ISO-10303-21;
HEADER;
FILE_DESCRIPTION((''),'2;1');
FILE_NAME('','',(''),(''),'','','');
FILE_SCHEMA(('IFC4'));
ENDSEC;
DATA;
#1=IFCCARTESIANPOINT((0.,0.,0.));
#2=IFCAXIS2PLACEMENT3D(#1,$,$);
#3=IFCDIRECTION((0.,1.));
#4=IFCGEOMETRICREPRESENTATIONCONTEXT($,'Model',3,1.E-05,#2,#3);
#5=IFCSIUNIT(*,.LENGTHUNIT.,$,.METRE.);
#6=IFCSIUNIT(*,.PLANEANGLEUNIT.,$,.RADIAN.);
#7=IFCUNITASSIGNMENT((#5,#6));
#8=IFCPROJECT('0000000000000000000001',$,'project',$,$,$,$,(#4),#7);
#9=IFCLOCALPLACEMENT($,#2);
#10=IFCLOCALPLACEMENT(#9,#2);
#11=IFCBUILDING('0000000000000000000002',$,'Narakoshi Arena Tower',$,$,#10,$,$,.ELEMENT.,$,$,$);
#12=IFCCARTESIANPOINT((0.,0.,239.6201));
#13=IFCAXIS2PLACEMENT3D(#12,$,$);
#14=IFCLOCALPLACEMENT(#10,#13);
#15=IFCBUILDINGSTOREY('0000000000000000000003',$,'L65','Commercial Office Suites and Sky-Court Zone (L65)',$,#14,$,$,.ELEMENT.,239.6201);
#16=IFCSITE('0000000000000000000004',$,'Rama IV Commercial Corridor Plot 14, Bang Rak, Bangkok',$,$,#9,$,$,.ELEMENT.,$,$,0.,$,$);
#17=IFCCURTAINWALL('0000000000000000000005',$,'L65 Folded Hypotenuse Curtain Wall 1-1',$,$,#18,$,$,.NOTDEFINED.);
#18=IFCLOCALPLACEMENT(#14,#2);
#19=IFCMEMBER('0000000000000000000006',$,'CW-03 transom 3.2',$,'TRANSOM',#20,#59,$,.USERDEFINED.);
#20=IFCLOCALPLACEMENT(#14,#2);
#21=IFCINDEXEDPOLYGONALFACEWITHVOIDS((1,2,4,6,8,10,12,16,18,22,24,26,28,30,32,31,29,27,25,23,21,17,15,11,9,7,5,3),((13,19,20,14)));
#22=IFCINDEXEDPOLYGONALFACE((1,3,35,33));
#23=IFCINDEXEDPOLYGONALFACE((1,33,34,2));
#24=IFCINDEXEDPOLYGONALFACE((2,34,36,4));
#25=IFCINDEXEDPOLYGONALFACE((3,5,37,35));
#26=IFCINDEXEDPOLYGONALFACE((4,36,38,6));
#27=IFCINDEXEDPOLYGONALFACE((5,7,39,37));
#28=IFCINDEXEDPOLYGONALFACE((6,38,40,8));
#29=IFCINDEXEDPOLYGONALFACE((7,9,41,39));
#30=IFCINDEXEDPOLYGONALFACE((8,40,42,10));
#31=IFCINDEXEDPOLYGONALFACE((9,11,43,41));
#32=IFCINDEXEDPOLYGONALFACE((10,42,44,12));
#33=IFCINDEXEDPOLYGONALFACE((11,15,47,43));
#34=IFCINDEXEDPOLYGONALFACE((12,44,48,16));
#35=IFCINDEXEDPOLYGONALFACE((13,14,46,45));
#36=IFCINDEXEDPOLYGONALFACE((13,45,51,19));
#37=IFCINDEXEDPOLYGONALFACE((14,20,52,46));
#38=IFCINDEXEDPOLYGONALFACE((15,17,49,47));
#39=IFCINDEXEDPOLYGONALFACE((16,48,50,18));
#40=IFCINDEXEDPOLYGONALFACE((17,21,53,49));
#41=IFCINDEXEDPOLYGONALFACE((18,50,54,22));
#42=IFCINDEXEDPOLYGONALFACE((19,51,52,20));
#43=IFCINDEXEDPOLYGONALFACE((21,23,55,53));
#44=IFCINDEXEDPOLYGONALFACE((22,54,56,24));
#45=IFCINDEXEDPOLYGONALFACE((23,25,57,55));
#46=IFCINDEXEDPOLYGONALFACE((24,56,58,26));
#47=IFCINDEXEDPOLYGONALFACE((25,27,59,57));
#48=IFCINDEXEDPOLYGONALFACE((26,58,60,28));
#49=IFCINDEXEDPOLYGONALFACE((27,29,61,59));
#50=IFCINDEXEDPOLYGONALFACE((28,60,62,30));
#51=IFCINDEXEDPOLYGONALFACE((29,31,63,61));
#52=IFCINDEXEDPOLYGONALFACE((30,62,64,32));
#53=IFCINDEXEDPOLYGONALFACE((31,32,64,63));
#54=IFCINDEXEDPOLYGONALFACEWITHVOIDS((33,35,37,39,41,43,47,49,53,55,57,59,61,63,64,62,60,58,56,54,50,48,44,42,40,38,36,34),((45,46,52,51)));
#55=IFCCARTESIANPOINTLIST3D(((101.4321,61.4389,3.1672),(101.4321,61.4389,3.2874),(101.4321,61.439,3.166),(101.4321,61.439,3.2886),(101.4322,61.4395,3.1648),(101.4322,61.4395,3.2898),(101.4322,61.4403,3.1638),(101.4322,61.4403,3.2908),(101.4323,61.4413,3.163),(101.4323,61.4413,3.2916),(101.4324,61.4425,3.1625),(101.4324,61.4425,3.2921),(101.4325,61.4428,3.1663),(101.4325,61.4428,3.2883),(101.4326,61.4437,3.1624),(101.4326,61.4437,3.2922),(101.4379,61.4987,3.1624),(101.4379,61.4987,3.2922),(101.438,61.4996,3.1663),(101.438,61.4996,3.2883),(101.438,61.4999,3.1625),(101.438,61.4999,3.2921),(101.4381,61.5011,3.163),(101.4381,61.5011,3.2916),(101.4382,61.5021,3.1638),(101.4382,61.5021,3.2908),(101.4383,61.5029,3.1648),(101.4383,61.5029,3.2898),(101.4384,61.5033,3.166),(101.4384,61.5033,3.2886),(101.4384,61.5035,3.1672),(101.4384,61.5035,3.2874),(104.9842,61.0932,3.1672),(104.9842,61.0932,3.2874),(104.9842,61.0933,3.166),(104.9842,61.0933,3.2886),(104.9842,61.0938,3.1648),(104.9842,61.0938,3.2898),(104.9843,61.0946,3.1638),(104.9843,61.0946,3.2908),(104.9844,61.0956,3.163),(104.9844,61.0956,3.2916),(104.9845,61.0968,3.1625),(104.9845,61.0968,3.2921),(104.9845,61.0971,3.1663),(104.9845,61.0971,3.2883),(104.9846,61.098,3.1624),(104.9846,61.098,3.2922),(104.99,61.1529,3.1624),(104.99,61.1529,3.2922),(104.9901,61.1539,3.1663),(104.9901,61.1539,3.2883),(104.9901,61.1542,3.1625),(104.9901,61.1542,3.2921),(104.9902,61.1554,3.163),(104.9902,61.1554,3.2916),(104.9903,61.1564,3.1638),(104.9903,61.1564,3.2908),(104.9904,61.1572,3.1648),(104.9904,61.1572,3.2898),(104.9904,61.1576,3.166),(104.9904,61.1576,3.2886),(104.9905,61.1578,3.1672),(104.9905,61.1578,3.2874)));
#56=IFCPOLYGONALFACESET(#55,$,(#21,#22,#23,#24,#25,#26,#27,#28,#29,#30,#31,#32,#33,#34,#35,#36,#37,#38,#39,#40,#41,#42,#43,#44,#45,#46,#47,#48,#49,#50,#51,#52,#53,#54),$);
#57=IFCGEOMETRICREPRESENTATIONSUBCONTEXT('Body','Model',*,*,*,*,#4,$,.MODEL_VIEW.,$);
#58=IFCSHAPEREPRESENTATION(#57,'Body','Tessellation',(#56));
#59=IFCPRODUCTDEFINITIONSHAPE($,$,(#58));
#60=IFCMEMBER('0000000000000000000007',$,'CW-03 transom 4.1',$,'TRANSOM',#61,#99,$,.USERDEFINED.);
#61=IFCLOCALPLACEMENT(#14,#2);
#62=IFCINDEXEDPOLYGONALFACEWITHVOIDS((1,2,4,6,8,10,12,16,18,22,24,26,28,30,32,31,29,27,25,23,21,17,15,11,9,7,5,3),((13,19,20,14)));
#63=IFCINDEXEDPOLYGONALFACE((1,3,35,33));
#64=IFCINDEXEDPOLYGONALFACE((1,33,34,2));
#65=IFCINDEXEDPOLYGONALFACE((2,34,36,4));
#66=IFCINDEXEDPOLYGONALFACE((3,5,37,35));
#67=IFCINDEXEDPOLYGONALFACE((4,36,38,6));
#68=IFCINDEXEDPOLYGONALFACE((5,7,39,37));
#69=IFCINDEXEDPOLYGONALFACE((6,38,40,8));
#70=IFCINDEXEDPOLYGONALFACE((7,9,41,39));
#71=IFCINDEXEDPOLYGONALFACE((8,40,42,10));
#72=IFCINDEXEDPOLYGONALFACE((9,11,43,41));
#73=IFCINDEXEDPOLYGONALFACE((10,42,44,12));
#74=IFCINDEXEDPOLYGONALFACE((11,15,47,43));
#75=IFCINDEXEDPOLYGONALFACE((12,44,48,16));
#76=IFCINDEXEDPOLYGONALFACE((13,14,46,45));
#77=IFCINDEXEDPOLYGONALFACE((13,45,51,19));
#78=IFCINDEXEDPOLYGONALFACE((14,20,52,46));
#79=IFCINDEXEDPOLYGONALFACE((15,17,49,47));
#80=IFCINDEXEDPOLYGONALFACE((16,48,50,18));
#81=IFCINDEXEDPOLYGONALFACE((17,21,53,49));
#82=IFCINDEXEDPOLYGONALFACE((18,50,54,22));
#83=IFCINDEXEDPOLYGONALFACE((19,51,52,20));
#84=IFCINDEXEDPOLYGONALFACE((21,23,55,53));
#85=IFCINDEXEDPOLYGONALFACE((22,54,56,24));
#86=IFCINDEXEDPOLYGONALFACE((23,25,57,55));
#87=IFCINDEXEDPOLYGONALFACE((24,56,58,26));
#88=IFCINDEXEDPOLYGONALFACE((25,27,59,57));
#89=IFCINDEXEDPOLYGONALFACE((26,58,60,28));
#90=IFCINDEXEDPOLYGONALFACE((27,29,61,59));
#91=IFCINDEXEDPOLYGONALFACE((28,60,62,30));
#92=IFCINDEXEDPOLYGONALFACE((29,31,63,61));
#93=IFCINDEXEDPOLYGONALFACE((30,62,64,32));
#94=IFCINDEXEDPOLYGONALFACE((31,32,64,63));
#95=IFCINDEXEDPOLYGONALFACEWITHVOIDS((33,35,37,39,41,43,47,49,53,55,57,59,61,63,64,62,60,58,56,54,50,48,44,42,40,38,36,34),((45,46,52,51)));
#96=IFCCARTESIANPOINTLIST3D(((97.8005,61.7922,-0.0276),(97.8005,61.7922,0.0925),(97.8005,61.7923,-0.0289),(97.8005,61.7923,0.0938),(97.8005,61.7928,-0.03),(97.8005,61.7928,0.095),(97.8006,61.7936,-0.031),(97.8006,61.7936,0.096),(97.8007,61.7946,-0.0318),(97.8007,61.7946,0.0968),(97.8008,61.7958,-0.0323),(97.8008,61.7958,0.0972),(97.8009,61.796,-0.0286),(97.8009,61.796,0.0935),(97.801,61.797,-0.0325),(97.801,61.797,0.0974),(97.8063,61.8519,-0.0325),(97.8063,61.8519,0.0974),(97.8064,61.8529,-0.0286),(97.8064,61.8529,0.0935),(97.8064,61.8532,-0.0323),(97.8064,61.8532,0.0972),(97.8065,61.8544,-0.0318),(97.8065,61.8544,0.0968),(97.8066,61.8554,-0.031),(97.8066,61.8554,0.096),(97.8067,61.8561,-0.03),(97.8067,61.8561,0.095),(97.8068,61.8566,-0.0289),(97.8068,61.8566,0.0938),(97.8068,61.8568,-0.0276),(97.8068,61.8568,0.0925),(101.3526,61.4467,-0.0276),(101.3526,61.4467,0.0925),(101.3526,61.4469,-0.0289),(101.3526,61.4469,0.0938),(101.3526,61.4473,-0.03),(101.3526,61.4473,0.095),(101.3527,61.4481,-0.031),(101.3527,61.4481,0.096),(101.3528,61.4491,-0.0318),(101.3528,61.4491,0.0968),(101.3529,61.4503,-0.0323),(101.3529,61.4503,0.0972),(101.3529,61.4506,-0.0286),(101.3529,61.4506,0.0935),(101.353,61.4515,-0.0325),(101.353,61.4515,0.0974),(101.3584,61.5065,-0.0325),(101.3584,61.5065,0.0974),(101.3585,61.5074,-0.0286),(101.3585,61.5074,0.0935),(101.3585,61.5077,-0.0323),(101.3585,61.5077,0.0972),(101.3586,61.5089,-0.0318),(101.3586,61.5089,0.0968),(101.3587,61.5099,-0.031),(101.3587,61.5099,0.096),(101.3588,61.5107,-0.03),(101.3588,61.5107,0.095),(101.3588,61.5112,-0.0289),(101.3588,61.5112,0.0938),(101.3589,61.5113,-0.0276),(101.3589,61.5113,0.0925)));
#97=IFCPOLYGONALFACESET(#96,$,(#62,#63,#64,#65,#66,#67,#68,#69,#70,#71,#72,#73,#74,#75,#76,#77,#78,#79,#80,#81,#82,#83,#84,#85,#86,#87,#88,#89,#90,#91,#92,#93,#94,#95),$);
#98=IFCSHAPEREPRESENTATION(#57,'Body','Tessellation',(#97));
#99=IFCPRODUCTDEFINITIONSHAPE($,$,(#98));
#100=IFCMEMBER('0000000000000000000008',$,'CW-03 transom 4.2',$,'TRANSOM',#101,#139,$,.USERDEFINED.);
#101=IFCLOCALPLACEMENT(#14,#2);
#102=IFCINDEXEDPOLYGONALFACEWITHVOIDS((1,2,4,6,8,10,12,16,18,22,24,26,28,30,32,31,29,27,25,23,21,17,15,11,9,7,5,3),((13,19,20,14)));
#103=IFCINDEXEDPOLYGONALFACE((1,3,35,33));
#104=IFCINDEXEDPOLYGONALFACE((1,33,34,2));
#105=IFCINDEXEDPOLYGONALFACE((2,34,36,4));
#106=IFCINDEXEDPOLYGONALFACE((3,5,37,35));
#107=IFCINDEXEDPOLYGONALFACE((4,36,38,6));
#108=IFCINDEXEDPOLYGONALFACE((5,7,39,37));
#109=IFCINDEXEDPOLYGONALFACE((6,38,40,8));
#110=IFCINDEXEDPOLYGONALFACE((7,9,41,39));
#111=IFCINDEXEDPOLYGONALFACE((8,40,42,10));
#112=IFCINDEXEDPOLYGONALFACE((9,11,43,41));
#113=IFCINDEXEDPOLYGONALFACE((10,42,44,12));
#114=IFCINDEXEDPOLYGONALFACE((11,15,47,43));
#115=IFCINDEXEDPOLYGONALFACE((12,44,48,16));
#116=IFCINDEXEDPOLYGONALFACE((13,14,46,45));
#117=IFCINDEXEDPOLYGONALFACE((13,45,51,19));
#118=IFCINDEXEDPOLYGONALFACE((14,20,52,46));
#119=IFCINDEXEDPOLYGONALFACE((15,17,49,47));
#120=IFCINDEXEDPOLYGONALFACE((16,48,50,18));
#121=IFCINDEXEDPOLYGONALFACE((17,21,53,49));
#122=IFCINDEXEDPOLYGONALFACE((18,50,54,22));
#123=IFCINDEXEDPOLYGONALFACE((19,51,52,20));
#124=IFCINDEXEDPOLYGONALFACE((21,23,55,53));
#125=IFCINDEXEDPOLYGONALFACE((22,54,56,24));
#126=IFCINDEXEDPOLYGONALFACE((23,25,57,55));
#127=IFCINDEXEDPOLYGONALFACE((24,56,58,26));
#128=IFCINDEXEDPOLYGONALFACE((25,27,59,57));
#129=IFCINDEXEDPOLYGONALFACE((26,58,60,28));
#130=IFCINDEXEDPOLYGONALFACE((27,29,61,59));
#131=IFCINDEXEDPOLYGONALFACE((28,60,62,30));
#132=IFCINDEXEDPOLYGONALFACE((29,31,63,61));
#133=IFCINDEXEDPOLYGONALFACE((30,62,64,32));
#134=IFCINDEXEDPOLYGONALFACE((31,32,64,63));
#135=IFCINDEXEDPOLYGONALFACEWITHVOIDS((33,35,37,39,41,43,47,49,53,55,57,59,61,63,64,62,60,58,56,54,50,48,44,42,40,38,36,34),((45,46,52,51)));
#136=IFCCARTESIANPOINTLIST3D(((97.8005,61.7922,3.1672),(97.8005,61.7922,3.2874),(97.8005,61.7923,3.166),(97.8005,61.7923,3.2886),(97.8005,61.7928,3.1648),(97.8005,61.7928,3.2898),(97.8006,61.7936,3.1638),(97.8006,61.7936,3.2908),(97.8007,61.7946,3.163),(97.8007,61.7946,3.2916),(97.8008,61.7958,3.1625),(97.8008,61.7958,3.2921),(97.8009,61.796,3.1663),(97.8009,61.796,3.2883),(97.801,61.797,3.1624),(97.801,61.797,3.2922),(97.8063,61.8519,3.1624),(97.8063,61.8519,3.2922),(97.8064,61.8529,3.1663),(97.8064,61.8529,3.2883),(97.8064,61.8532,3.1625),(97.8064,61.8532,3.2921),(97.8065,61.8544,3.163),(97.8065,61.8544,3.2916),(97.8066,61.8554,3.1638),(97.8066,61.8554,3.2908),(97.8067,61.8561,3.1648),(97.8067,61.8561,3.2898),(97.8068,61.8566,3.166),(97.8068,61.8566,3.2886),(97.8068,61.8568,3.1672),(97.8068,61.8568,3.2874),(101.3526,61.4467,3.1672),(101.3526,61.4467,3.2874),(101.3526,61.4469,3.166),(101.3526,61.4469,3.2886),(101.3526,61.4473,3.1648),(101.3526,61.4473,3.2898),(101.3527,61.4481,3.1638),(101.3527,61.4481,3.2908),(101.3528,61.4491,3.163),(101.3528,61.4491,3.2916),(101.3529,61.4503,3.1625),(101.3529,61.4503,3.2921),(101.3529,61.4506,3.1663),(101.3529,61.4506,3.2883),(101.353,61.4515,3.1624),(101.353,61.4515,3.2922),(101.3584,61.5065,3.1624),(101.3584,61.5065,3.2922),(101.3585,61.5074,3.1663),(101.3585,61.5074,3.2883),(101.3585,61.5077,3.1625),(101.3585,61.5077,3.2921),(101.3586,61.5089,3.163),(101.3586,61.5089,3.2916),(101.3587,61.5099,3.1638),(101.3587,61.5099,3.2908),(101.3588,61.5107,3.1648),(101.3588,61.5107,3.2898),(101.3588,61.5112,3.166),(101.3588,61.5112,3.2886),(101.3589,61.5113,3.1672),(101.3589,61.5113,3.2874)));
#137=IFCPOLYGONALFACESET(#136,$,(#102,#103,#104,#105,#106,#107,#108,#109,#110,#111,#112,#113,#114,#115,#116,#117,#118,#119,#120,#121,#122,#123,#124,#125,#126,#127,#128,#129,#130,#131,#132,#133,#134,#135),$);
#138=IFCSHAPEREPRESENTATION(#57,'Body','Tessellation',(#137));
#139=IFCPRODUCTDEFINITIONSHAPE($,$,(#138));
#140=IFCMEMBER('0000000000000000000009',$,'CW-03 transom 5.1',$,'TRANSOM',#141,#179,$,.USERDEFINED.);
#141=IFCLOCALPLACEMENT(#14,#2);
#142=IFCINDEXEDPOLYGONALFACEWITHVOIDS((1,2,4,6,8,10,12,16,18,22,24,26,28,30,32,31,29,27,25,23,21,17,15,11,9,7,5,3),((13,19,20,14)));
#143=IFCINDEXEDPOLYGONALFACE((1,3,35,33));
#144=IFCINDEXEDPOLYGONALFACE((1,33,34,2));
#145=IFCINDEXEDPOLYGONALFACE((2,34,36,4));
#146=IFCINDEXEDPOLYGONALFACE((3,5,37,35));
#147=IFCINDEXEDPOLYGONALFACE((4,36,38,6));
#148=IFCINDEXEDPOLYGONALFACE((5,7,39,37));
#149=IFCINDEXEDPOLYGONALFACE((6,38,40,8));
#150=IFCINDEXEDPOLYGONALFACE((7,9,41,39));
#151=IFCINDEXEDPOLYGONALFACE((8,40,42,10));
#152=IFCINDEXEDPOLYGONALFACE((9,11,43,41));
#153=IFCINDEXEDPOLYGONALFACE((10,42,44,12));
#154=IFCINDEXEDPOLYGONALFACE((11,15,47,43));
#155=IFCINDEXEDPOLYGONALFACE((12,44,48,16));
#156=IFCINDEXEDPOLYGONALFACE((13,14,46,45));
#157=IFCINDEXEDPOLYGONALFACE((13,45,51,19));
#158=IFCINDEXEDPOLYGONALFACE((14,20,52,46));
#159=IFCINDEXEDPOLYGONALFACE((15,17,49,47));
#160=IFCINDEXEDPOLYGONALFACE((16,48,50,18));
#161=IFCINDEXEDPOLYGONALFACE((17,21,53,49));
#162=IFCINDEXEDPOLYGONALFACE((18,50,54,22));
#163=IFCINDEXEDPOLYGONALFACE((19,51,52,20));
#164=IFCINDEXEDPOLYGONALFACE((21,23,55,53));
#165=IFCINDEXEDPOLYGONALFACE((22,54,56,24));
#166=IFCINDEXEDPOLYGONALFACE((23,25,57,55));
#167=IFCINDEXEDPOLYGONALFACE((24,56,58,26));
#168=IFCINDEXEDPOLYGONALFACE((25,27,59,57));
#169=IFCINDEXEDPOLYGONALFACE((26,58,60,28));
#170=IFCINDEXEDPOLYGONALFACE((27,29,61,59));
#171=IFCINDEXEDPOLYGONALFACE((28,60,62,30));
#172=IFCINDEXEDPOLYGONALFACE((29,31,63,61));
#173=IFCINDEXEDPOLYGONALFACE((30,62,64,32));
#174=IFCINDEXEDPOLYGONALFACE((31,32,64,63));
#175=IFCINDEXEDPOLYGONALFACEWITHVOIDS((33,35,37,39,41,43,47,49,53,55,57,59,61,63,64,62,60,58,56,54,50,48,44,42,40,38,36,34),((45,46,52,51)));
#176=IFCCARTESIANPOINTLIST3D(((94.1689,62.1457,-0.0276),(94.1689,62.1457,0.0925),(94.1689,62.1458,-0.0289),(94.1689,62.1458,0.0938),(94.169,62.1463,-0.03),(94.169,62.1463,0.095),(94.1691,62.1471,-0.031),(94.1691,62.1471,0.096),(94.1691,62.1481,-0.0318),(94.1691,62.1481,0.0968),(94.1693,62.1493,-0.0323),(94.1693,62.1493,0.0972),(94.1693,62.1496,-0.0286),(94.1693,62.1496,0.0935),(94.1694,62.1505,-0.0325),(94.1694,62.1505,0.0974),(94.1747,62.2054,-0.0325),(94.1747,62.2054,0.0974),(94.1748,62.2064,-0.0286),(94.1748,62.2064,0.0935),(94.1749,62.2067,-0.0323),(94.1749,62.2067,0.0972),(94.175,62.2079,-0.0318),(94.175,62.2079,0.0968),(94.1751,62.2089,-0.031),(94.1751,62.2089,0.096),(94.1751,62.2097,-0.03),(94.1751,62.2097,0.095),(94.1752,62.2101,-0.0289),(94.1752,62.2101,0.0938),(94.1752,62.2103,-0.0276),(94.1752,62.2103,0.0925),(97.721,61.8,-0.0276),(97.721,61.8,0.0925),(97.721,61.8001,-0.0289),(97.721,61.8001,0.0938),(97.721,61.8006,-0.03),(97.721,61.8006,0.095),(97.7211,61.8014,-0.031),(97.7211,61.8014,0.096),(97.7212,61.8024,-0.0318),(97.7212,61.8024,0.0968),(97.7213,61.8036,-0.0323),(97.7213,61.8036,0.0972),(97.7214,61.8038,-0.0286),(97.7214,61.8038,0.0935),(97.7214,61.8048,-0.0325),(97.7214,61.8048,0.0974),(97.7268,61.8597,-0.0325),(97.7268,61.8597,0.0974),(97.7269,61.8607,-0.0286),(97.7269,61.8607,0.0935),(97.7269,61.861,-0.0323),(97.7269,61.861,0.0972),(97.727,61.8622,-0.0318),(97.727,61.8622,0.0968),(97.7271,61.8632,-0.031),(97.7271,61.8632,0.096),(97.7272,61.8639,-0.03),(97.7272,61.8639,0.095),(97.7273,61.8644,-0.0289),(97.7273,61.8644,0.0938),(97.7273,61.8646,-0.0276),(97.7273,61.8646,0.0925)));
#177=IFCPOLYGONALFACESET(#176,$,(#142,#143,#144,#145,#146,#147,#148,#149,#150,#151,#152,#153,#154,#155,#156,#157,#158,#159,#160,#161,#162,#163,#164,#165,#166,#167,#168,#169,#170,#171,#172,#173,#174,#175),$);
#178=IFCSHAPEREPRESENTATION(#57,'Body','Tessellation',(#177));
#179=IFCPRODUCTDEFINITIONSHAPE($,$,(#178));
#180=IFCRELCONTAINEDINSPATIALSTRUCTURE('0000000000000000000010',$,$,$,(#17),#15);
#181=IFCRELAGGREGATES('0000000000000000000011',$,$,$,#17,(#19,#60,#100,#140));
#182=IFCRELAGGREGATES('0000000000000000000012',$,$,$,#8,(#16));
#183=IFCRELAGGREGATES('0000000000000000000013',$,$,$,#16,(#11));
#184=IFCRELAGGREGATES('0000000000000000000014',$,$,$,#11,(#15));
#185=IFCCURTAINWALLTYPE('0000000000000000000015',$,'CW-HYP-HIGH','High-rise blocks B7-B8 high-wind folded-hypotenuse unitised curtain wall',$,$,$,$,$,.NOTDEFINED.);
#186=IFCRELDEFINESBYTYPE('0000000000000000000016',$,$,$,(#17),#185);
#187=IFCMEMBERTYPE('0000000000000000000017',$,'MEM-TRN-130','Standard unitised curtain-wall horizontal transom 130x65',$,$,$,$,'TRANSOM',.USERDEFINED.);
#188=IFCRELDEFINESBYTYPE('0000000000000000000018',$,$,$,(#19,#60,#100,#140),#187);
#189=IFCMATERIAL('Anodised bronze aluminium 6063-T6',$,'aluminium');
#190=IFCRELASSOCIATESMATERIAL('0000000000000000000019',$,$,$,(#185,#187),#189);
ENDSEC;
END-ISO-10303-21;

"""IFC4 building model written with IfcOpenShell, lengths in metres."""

from ifc_helpers import new_model, si_unit, direction, frame, origin, origin_2d, place, context, subcontext, project, spatial, hollow_rectangle, extrude, material, material_profile, profile_set, type_object, element, aggregate, save


model = new_model("IFC4")

# Units and contexts
model_context = context("Model", 3, precision=1e-05, world=origin(), true_north=direction((0.0, 1.0)))
body_context = subcontext(model_context, "Body", "Model", "MODEL_VIEW")
ifc_project = project(units=[si_unit("LENGTHUNIT", "METRE"), si_unit("PLANEANGLEUNIT", "RADIAN")], contexts=[model_context])

# Site, building, storey
site_placement = place(None, origin())
site = spatial("IfcSite", under=ifc_project, at=site_placement, Name="Rama IV Commercial Corridor Plot 14, Bang Rak, Bangkok", CompositionType="ELEMENT", RefElevation=0.0)
building_placement = place(site_placement, origin())
building = spatial("IfcBuilding", under=site, at=building_placement, Name="Narakoshi Arena Tower", CompositionType="ELEMENT")
storey_placement = place(building_placement, frame((0.0, 0.0, 239.6201)))
storey = spatial("IfcBuildingStorey", under=building, at=storey_placement, Name="L65", Description="Commercial Office Suites and Sky-Court Zone (L65)", CompositionType="ELEMENT", Elevation=239.6201)

# Curtain wall, members
ifc_material_1 = material(Name="Anodised bronze aluminium 6063-T6", Category="aluminium")
curtain_wall_type = type_object("IfcCurtainWallType", Name="CW-HYP-HIGH", Description="High-rise blocks B7-B8 high-wind folded-hypotenuse unitised curtain wall", PredefinedType="NOTDEFINED", material=ifc_material_1)
curtain_wall_placement = place(storey_placement, origin())
curtain_wall = element("IfcCurtainWall", 1, at=curtain_wall_placement, inside=storey, type_object=curtain_wall_type, Name="L65 Folded Hypotenuse Curtain Wall 1-1", PredefinedType="NOTDEFINED")
ifc_material_profile_1 = material_profile(ifc_material_1, hollow_rectangle(XDim=0.0649, YDim=0.1299, WallThickness=0.0039, OuterFilletRadius=0.0049, at=origin_2d()), Name="TRN130x65x4")
ifc_profile_set_1 = profile_set([ifc_material_profile_1], Name="Anodised bronze aluminium 6063-T6")
member_type_1 = type_object("IfcMemberType", Name="MEM-TRN-130", Description="Standard unitised curtain-wall horizontal transom 130x65", ElementType="TRANSOM", PredefinedType="USERDEFINED", material=ifc_profile_set_1)
member_1_placement = place(storey_placement, frame((104.9873, 61.1255, 3.2273), z_axis=(-0.995297, 0.096869, 0.0), x_axis=(-0.096869, -0.995297, 0.0)))
member_1 = element("IfcMember", 2, at=member_1_placement, type_object=member_type_1, Name="CW-03 transom 3.2", ObjectType="TRANSOM", PredefinedType="USERDEFINED", context=body_context, shape_type="SweptSolid", body=[
    extrude(hollow_rectangle(XDim=0.0649, YDim=0.1299, WallThickness=0.0039, OuterFilletRadius=0.0049, at=origin_2d()), origin(), (0.0, 0.0, 1.0), 3.5688),
])
member_2_placement = place(storey_placement, frame((101.3557, 61.479, 0.0325), z_axis=(-0.995304, 0.096801, 0.0), x_axis=(-0.096801, -0.995304, 0.0)))
member_2 = element("IfcMember", 3, at=member_2_placement, type_object=member_type_1, Name="CW-03 transom 4.1", ObjectType="TRANSOM", PredefinedType="USERDEFINED", context=body_context, shape_type="SweptSolid", body=[
    extrude(hollow_rectangle(XDim=0.0649, YDim=0.1299, WallThickness=0.0039, OuterFilletRadius=0.0049, at=origin_2d()), origin(), (0.0, 0.0, 1.0), 3.5688),
])
member_3_placement = place(storey_placement, frame((101.3557, 61.479, 3.2273), z_axis=(-0.995304, 0.096801, 0.0), x_axis=(-0.096801, -0.995304, 0.0)))
member_3 = element("IfcMember", 4, at=member_3_placement, type_object=member_type_1, Name="CW-03 transom 4.2", ObjectType="TRANSOM", PredefinedType="USERDEFINED", context=body_context, shape_type="SweptSolid", body=[
    extrude(hollow_rectangle(XDim=0.0649, YDim=0.1299, WallThickness=0.0039, OuterFilletRadius=0.0049, at=origin_2d()), origin(), (0.0, 0.0, 1.0), 3.5688),
])
member_4_placement = place(storey_placement, frame((97.7241, 61.8323, 0.0325), z_axis=(-0.995297, 0.096869, 0.0), x_axis=(-0.096869, -0.995297, 0.0)))
member_4 = element("IfcMember", 5, at=member_4_placement, type_object=member_type_1, Name="CW-03 transom 5.1", ObjectType="TRANSOM", PredefinedType="USERDEFINED", context=body_context, shape_type="SweptSolid", body=[
    extrude(hollow_rectangle(XDim=0.0649, YDim=0.1299, WallThickness=0.0039, OuterFilletRadius=0.0049, at=origin_2d()), origin(), (0.0, 0.0, 1.0), 3.5688),
])
aggregate(curtain_wall, [member_1, member_2, member_3, member_4])

save(model, "model.ifc")
